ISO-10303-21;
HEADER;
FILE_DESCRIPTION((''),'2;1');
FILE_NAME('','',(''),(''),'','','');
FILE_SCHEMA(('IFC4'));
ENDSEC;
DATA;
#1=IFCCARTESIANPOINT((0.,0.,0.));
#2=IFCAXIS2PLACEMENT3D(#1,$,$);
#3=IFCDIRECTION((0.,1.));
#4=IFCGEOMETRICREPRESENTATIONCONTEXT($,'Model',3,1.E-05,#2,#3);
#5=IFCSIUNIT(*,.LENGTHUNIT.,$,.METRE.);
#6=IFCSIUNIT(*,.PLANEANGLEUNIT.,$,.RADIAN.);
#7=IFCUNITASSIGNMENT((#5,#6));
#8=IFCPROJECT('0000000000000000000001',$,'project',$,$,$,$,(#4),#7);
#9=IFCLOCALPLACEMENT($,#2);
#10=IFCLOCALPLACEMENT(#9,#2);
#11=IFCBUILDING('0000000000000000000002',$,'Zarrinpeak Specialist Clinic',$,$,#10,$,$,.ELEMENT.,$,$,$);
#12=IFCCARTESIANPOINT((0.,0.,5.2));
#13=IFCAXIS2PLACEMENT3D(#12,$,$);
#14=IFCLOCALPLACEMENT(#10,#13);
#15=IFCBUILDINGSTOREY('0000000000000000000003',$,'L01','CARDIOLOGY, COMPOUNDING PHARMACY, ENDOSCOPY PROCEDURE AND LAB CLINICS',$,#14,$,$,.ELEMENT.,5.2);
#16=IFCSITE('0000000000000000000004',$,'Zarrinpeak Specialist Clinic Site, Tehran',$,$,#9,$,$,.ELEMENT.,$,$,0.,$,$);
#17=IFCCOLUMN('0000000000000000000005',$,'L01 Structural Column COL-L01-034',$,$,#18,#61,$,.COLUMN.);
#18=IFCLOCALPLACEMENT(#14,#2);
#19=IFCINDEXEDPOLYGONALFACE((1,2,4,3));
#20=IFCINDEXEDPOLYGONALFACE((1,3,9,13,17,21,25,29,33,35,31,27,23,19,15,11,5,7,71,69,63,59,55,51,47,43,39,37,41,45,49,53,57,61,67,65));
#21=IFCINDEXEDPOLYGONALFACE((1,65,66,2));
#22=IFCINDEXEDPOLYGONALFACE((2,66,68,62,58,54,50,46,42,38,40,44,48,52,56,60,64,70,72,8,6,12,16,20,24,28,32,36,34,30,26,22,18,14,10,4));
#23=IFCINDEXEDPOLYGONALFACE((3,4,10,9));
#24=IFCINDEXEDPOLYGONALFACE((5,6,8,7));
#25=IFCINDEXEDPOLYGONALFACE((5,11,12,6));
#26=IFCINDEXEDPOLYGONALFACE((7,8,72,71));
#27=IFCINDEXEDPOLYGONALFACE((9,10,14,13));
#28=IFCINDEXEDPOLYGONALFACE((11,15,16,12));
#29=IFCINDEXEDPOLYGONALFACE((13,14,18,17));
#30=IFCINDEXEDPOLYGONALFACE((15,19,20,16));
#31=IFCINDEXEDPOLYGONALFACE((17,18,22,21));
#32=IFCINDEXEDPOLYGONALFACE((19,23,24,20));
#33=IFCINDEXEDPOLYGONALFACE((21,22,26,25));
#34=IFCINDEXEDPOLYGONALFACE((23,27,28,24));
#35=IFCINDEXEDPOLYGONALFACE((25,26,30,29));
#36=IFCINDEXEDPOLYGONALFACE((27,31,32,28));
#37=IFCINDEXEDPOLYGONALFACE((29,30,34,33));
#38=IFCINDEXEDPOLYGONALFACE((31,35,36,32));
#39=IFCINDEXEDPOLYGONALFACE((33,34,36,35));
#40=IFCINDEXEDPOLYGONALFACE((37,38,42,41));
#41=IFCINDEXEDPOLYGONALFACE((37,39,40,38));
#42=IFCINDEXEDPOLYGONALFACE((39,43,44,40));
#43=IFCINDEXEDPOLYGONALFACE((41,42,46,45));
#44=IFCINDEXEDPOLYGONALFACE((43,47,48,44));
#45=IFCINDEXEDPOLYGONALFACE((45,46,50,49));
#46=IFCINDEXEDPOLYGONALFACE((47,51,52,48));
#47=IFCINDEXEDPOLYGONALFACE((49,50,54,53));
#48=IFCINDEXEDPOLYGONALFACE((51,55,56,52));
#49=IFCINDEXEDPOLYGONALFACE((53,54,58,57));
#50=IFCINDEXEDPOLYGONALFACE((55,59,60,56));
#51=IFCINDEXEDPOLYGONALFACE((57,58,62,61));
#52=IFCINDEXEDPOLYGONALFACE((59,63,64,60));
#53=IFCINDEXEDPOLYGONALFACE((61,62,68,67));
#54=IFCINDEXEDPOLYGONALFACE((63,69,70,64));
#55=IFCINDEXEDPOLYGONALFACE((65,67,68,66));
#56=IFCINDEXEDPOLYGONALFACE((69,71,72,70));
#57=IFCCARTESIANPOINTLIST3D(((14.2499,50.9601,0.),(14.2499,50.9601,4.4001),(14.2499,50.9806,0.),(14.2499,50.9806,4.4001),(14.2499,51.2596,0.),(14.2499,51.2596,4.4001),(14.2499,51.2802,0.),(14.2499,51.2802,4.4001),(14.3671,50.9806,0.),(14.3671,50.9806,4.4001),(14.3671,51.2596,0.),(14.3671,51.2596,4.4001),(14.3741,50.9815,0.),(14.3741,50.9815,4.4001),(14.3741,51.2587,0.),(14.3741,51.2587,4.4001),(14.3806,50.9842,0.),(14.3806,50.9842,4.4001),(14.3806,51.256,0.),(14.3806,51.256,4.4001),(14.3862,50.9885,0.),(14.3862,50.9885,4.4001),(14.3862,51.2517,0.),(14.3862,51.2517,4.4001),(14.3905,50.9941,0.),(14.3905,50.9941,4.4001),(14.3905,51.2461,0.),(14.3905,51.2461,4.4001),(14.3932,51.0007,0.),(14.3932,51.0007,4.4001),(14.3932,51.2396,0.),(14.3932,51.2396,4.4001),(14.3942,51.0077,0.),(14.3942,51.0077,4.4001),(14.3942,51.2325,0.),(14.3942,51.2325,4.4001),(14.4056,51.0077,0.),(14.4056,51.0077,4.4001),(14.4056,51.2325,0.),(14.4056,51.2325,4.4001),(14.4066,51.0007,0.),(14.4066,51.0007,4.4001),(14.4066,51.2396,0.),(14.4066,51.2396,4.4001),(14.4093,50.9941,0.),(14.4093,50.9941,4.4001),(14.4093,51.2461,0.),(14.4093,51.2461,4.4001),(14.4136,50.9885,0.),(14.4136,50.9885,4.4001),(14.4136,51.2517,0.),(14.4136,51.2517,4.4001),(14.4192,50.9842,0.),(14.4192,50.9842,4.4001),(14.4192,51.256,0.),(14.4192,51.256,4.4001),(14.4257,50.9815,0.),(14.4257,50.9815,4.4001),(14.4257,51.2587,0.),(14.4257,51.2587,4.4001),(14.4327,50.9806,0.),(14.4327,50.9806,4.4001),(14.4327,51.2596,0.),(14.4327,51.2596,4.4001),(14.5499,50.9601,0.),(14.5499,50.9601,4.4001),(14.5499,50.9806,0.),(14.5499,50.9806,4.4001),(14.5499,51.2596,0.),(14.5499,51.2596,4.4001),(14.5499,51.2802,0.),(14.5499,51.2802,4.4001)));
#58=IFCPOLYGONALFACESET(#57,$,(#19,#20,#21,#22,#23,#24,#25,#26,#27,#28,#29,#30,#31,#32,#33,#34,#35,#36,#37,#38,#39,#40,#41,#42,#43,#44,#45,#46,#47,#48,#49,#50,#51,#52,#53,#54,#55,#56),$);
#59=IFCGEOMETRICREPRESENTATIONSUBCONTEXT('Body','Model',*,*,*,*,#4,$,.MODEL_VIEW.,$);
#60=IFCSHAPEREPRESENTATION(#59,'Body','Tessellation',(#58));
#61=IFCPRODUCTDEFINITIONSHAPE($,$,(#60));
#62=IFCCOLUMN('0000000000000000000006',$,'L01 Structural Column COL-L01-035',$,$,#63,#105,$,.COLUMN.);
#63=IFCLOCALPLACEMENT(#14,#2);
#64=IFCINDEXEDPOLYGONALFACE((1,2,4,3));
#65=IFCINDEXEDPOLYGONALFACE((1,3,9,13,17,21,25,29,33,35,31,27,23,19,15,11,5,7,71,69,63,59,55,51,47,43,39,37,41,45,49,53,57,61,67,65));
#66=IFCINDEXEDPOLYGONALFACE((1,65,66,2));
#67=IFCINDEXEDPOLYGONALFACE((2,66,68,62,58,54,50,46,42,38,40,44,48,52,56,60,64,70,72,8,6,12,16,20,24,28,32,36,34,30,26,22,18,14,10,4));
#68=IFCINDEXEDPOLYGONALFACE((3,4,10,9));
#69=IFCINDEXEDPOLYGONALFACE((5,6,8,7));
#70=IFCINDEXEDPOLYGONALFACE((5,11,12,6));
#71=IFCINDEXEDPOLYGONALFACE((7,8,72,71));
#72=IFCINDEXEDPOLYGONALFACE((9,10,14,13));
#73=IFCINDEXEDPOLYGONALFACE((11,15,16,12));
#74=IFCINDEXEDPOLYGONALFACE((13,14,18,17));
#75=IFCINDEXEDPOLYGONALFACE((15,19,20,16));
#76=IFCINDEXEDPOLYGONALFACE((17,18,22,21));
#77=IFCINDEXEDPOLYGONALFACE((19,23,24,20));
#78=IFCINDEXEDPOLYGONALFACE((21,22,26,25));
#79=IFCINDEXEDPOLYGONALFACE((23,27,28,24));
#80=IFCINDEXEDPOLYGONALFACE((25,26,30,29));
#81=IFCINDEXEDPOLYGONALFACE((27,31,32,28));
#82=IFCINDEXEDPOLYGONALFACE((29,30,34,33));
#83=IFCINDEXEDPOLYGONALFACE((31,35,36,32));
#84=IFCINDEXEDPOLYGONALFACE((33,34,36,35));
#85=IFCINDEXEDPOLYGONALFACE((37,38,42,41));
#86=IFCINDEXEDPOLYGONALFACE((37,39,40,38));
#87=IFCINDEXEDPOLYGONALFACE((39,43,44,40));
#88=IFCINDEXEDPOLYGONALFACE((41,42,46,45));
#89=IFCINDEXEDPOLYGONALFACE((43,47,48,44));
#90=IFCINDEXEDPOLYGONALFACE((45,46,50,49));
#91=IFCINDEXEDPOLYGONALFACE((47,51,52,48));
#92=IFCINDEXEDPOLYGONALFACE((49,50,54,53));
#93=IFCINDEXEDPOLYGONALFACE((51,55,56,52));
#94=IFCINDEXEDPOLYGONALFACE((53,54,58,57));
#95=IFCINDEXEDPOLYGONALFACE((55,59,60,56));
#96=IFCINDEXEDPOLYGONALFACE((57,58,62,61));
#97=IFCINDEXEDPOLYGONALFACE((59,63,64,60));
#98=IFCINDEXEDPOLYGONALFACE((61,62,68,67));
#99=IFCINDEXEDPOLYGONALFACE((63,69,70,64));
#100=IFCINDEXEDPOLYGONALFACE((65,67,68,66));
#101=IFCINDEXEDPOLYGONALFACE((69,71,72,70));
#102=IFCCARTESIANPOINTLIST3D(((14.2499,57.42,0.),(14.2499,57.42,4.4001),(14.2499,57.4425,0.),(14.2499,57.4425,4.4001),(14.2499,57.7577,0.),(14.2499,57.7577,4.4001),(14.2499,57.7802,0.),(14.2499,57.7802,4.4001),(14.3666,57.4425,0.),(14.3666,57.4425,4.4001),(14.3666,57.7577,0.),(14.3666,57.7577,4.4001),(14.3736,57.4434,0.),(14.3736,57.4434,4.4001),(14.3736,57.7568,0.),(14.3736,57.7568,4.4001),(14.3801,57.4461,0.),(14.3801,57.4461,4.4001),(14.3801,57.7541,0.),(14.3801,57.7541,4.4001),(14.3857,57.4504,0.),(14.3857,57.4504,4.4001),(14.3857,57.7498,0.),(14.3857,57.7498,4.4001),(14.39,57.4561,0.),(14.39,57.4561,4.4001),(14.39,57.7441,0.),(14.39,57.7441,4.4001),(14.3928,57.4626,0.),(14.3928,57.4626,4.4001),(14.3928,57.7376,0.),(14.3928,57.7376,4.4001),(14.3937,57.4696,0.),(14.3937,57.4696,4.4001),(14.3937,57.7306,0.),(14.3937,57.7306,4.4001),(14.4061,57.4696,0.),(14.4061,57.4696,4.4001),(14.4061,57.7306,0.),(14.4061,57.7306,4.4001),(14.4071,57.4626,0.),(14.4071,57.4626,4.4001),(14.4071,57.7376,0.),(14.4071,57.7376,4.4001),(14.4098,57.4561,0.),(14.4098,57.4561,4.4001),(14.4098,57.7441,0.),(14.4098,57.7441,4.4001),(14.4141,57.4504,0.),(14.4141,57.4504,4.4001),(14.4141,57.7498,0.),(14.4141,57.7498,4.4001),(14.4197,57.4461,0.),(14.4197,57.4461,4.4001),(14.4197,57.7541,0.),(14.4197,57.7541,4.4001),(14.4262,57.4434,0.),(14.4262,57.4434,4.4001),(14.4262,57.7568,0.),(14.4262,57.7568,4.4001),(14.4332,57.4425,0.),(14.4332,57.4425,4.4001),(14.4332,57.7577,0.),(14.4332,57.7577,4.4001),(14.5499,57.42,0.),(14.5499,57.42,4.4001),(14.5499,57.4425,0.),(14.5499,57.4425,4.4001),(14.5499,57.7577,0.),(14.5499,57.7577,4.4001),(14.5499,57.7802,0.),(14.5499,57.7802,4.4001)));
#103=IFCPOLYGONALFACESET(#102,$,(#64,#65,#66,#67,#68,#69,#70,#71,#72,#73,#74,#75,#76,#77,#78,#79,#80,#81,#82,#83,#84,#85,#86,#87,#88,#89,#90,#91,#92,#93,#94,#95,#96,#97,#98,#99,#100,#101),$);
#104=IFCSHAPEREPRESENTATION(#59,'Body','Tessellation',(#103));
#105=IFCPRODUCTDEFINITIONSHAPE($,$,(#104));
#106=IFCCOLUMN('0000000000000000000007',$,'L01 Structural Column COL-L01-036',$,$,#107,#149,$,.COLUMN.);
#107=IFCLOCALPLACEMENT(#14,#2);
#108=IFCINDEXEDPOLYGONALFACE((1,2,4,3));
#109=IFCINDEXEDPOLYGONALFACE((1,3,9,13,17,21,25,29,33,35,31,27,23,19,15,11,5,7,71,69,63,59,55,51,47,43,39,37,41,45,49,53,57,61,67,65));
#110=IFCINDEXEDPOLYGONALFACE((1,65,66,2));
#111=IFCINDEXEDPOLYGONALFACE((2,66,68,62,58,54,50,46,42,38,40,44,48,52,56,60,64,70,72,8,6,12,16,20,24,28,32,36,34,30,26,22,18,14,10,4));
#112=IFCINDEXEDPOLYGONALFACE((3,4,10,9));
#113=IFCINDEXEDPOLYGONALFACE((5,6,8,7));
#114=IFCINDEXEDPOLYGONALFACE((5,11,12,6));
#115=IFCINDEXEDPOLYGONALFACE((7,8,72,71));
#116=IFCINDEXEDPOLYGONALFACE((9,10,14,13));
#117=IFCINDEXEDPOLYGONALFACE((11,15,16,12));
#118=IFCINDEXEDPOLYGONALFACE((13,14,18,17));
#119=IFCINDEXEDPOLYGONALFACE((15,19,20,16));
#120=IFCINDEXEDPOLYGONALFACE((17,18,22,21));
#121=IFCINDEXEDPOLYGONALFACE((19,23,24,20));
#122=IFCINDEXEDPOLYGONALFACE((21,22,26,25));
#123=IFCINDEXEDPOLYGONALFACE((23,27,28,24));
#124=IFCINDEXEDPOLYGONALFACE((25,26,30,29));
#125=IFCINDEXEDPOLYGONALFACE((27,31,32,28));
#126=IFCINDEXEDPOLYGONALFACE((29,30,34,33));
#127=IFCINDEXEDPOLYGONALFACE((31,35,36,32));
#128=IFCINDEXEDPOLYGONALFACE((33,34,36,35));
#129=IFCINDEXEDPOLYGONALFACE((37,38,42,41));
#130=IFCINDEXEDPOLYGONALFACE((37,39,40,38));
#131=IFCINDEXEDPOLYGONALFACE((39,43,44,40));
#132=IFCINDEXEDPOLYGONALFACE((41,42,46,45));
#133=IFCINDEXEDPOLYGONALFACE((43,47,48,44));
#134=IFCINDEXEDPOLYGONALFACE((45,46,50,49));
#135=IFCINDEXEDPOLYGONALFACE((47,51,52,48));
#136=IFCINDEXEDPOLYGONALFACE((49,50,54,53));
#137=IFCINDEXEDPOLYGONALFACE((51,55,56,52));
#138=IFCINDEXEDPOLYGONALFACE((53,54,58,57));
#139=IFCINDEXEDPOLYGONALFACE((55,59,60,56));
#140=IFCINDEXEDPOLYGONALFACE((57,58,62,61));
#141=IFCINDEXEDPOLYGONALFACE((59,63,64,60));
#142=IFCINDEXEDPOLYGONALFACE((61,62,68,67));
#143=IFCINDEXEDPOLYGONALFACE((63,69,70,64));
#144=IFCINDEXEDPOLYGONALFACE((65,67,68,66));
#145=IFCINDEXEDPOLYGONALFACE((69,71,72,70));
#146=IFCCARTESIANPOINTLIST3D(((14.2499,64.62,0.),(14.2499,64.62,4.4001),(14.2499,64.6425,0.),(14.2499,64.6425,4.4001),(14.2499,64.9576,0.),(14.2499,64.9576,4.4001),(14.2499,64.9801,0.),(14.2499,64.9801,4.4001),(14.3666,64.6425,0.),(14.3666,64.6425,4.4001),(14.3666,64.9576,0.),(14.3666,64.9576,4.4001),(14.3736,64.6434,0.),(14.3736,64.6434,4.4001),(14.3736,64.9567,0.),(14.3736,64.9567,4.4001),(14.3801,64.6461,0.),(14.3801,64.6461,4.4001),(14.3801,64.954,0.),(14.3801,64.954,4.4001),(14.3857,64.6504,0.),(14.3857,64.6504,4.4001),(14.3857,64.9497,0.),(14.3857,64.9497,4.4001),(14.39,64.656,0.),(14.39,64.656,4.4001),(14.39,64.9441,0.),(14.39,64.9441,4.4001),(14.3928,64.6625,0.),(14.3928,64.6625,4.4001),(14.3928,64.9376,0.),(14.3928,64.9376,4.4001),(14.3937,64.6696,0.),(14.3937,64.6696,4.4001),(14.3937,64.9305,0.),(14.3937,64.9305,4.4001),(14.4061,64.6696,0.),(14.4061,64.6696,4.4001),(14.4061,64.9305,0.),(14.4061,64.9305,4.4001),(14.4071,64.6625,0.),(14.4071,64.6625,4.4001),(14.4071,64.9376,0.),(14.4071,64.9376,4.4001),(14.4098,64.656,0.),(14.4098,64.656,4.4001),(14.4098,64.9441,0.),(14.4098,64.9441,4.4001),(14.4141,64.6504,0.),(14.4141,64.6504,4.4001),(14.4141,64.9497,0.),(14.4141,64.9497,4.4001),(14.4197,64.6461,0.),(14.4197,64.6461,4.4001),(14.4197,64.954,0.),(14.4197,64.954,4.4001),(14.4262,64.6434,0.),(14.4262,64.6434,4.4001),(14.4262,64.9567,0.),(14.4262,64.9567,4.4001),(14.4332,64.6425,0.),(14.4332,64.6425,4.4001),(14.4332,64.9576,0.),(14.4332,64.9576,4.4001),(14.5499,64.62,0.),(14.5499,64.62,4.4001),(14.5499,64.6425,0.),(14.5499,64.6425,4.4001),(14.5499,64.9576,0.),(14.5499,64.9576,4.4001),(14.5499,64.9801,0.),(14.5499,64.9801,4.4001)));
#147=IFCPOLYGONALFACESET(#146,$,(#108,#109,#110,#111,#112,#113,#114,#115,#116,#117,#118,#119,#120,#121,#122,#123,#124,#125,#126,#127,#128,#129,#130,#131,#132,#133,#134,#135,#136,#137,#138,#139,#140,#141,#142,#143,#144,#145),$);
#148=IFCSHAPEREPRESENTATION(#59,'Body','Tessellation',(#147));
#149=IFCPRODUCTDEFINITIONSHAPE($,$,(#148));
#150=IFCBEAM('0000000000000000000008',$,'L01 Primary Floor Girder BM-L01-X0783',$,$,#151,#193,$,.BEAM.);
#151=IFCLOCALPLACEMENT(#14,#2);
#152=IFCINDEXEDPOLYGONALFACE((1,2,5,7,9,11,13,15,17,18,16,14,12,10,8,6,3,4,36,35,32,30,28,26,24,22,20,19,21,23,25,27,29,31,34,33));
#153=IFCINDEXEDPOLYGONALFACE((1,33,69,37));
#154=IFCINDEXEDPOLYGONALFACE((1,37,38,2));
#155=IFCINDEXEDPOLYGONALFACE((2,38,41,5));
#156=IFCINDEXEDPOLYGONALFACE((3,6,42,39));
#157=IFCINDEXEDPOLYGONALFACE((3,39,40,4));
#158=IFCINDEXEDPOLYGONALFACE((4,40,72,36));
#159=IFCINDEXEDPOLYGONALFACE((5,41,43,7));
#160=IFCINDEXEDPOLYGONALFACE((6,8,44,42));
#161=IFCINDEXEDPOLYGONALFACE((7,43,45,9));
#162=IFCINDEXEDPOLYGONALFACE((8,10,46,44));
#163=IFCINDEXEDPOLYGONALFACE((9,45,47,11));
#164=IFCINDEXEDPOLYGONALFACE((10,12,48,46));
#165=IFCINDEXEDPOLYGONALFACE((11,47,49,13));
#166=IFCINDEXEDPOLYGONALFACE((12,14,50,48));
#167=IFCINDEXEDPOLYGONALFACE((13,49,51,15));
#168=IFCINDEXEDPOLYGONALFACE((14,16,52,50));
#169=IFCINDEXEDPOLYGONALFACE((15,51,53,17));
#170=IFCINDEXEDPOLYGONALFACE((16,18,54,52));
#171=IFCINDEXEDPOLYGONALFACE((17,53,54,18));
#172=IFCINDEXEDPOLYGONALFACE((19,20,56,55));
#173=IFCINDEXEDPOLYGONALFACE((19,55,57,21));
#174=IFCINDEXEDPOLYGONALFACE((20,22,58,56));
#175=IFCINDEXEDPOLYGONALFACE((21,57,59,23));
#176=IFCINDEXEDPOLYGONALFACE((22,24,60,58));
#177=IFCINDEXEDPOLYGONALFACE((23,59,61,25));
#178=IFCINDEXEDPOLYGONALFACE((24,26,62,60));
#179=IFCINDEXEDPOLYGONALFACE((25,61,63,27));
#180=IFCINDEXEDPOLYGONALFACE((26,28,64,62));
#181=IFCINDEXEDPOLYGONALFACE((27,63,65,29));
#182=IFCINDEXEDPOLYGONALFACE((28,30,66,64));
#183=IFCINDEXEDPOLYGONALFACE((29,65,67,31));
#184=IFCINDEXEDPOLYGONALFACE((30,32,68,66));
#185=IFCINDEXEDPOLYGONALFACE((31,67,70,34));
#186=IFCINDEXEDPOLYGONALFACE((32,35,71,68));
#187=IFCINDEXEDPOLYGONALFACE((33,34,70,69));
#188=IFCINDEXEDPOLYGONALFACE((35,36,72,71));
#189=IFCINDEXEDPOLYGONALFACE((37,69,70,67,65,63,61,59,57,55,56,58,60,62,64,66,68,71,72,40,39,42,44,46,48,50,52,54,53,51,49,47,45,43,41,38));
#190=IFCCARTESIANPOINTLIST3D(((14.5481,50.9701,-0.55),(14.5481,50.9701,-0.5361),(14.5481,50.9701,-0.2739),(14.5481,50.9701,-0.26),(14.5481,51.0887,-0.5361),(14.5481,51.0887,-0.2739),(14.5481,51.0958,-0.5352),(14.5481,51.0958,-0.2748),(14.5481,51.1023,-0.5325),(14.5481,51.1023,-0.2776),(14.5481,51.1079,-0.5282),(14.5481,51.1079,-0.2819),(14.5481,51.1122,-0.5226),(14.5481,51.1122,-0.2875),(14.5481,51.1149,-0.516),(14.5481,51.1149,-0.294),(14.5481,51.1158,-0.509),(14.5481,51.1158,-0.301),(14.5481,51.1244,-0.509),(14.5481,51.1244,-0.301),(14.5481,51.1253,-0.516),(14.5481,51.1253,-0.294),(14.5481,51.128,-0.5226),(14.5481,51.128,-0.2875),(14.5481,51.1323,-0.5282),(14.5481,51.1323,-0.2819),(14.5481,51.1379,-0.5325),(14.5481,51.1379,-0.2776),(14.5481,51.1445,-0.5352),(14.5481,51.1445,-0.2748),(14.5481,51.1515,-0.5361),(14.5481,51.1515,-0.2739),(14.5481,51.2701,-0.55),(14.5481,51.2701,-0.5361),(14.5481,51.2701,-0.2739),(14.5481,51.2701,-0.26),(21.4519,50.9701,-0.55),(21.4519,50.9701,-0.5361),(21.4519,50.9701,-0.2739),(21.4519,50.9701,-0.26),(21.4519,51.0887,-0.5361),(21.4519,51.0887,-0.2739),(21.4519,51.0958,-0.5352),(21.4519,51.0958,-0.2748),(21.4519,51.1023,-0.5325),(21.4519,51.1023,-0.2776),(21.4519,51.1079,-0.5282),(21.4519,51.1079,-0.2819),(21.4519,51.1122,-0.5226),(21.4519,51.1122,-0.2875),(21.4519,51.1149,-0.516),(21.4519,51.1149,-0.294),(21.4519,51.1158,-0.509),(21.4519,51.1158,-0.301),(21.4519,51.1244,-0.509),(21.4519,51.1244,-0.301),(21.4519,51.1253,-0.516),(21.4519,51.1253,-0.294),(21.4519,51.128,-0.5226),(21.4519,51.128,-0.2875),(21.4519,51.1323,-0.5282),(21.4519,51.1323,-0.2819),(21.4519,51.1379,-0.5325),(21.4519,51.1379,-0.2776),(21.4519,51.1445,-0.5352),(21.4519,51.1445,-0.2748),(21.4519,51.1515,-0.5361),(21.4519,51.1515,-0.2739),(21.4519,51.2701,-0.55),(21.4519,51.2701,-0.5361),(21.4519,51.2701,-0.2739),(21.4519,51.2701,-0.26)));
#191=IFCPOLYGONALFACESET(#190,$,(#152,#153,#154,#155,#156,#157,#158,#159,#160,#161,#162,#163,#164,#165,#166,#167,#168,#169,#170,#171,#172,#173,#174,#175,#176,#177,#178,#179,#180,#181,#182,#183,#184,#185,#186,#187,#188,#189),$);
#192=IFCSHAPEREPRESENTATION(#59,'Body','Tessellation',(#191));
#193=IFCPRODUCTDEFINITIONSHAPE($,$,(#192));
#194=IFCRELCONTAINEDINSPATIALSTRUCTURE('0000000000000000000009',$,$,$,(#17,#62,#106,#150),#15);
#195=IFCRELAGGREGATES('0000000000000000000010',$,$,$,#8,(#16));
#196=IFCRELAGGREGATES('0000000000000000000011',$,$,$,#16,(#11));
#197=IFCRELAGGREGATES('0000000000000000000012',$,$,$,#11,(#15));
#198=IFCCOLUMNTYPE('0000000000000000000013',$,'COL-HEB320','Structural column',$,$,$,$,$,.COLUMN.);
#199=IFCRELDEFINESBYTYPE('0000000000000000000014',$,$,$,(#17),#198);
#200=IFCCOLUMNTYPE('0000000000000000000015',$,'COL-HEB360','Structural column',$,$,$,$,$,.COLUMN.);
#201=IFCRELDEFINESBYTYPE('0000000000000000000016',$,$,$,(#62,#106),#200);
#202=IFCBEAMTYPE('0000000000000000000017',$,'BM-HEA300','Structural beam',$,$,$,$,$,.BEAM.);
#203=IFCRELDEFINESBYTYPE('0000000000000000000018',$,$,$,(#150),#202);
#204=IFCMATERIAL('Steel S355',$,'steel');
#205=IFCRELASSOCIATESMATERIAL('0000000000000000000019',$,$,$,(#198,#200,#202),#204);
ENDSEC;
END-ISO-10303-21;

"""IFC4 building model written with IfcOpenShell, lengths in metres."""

from ifc_helpers import new_model, si_unit, direction, frame, origin, origin_2d, place, context, subcontext, project, spatial, i_section, extrude, material, material_profile, profile_set, type_object, element, save


model = new_model("IFC4")

# Units and contexts
model_context = context("Model", 3, precision=1e-05, world=origin(), true_north=direction((0.0, 1.0)))
body_context = subcontext(model_context, "Body", "Model", "MODEL_VIEW")
ifc_project = project(units=[si_unit("LENGTHUNIT", "METRE"), si_unit("PLANEANGLEUNIT", "RADIAN")], contexts=[model_context])

# Site, building, storey
site_placement = place(None, origin())
site = spatial("IfcSite", under=ifc_project, at=site_placement, Name="Zarrinpeak Specialist Clinic Site, Tehran", CompositionType="ELEMENT", RefElevation=0.0)
building_placement = place(site_placement, origin())
building = spatial("IfcBuilding", under=site, at=building_placement, Name="Zarrinpeak Specialist Clinic", CompositionType="ELEMENT")
storey_placement = place(building_placement, frame((0.0, 0.0, 5.2)))
storey = spatial("IfcBuildingStorey", under=building, at=storey_placement, Name="L01", Description="CARDIOLOGY, COMPOUNDING PHARMACY, ENDOSCOPY PROCEDURE AND LAB CLINICS", CompositionType="ELEMENT", Elevation=5.2)

# Columns
ifc_material_1 = material(Name="Steel S355", Category="steel")
ifc_material_profile_1 = material_profile(ifc_material_1, i_section(OverallWidth=0.3, OverallDepth=0.3201, WebThickness=0.0115, FlangeThickness=0.0205, FilletRadius=0.0271, at=origin_2d()), Name="HEB 320")
ifc_profile_set_1 = profile_set([ifc_material_profile_1], Name="Steel S355")
column_type_1 = type_object("IfcColumnType", Name="COL-HEB320", Description="Structural column", PredefinedType="COLUMN", material=ifc_profile_set_1)
column_placement = place(storey_placement, frame((14.3999, 51.1201, 0.0), z_axis=(0.0, 0.0, 1.0), x_axis=(1.0, 0.0, 0.0)))
element("IfcColumn", 1, at=column_placement, inside=storey, type_object=column_type_1, Name="L01 Structural Column COL-L01-034", PredefinedType="COLUMN", context=body_context, shape_type="SweptSolid", body=[
    extrude(i_section(OverallWidth=0.3, OverallDepth=0.3201, WebThickness=0.0115, FlangeThickness=0.0205, FilletRadius=0.0271, at=origin_2d()), origin(), (0.0, 0.0, 1.0), 4.4001),
])
ifc_material_profile_2 = material_profile(ifc_material_1, i_section(OverallWidth=0.3, OverallDepth=0.3601, WebThickness=0.0125, FlangeThickness=0.0225, FilletRadius=0.0271, at=origin_2d()), Name="HEB 360")
ifc_profile_set_2 = profile_set([ifc_material_profile_2], Name="Steel S355")
column_type_2 = type_object("IfcColumnType", Name="COL-HEB360", Description="Structural column", PredefinedType="COLUMN", material=ifc_profile_set_2)
for number, where, z_axis, x_axis, name in (
    (2, (14.3999, 57.6001, 0.0), (0.0, 0.0, 1.0), (1.0, 0.0, 0.0), "L01 Structural Column COL-L01-035"),
    (3, (14.3999, 64.8, 0.0), (0.0, 0.0, 1.0), (1.0, 0.0, 0.0), "L01 Structural Column COL-L01-036"),
):
    element("IfcColumn", number, at=place(storey_placement, frame(where, z_axis=z_axis, x_axis=x_axis)), inside=storey, type_object=column_type_2, Name=name, PredefinedType="COLUMN", context=body_context, shape_type="SweptSolid", body=[
        extrude(i_section(OverallWidth=0.3, OverallDepth=0.3601, WebThickness=0.0125, FlangeThickness=0.0225, FilletRadius=0.0271, at=origin_2d()), origin(), (0.0, 0.0, 1.0), 4.4001),
    ])

# Beam
ifc_material_profile_3 = material_profile(ifc_material_1, i_section(OverallWidth=0.3, OverallDepth=0.29, WebThickness=0.0085, FlangeThickness=0.0139, FilletRadius=0.0271, at=origin_2d()), Name="HEA 300")
ifc_profile_set_3 = profile_set([ifc_material_profile_3], Name="Steel S355")
beam_type_1 = type_object("IfcBeamType", Name="BM-HEA300", Description="Structural beam", PredefinedType="BEAM", material=ifc_profile_set_3)
for number, where, z_axis, x_axis, name in (
    (4, (14.5481, 51.1201, -0.405), (1.0, 0.0, 0.0), (0.0, 1.0, 0.0), "L01 Primary Floor Girder BM-L01-X0783"),
):
    element("IfcBeam", number, at=place(storey_placement, frame(where, z_axis=z_axis, x_axis=x_axis)), inside=storey, type_object=beam_type_1, Name=name, PredefinedType="BEAM", context=body_context, shape_type="SweptSolid", body=[
        extrude(i_section(OverallWidth=0.3, OverallDepth=0.29, WebThickness=0.0085, FlangeThickness=0.0139, FilletRadius=0.0271, at=origin_2d()), origin(), (0.0, 0.0, 1.0), 6.9038),
    ])

save(model, "model.ifc")
